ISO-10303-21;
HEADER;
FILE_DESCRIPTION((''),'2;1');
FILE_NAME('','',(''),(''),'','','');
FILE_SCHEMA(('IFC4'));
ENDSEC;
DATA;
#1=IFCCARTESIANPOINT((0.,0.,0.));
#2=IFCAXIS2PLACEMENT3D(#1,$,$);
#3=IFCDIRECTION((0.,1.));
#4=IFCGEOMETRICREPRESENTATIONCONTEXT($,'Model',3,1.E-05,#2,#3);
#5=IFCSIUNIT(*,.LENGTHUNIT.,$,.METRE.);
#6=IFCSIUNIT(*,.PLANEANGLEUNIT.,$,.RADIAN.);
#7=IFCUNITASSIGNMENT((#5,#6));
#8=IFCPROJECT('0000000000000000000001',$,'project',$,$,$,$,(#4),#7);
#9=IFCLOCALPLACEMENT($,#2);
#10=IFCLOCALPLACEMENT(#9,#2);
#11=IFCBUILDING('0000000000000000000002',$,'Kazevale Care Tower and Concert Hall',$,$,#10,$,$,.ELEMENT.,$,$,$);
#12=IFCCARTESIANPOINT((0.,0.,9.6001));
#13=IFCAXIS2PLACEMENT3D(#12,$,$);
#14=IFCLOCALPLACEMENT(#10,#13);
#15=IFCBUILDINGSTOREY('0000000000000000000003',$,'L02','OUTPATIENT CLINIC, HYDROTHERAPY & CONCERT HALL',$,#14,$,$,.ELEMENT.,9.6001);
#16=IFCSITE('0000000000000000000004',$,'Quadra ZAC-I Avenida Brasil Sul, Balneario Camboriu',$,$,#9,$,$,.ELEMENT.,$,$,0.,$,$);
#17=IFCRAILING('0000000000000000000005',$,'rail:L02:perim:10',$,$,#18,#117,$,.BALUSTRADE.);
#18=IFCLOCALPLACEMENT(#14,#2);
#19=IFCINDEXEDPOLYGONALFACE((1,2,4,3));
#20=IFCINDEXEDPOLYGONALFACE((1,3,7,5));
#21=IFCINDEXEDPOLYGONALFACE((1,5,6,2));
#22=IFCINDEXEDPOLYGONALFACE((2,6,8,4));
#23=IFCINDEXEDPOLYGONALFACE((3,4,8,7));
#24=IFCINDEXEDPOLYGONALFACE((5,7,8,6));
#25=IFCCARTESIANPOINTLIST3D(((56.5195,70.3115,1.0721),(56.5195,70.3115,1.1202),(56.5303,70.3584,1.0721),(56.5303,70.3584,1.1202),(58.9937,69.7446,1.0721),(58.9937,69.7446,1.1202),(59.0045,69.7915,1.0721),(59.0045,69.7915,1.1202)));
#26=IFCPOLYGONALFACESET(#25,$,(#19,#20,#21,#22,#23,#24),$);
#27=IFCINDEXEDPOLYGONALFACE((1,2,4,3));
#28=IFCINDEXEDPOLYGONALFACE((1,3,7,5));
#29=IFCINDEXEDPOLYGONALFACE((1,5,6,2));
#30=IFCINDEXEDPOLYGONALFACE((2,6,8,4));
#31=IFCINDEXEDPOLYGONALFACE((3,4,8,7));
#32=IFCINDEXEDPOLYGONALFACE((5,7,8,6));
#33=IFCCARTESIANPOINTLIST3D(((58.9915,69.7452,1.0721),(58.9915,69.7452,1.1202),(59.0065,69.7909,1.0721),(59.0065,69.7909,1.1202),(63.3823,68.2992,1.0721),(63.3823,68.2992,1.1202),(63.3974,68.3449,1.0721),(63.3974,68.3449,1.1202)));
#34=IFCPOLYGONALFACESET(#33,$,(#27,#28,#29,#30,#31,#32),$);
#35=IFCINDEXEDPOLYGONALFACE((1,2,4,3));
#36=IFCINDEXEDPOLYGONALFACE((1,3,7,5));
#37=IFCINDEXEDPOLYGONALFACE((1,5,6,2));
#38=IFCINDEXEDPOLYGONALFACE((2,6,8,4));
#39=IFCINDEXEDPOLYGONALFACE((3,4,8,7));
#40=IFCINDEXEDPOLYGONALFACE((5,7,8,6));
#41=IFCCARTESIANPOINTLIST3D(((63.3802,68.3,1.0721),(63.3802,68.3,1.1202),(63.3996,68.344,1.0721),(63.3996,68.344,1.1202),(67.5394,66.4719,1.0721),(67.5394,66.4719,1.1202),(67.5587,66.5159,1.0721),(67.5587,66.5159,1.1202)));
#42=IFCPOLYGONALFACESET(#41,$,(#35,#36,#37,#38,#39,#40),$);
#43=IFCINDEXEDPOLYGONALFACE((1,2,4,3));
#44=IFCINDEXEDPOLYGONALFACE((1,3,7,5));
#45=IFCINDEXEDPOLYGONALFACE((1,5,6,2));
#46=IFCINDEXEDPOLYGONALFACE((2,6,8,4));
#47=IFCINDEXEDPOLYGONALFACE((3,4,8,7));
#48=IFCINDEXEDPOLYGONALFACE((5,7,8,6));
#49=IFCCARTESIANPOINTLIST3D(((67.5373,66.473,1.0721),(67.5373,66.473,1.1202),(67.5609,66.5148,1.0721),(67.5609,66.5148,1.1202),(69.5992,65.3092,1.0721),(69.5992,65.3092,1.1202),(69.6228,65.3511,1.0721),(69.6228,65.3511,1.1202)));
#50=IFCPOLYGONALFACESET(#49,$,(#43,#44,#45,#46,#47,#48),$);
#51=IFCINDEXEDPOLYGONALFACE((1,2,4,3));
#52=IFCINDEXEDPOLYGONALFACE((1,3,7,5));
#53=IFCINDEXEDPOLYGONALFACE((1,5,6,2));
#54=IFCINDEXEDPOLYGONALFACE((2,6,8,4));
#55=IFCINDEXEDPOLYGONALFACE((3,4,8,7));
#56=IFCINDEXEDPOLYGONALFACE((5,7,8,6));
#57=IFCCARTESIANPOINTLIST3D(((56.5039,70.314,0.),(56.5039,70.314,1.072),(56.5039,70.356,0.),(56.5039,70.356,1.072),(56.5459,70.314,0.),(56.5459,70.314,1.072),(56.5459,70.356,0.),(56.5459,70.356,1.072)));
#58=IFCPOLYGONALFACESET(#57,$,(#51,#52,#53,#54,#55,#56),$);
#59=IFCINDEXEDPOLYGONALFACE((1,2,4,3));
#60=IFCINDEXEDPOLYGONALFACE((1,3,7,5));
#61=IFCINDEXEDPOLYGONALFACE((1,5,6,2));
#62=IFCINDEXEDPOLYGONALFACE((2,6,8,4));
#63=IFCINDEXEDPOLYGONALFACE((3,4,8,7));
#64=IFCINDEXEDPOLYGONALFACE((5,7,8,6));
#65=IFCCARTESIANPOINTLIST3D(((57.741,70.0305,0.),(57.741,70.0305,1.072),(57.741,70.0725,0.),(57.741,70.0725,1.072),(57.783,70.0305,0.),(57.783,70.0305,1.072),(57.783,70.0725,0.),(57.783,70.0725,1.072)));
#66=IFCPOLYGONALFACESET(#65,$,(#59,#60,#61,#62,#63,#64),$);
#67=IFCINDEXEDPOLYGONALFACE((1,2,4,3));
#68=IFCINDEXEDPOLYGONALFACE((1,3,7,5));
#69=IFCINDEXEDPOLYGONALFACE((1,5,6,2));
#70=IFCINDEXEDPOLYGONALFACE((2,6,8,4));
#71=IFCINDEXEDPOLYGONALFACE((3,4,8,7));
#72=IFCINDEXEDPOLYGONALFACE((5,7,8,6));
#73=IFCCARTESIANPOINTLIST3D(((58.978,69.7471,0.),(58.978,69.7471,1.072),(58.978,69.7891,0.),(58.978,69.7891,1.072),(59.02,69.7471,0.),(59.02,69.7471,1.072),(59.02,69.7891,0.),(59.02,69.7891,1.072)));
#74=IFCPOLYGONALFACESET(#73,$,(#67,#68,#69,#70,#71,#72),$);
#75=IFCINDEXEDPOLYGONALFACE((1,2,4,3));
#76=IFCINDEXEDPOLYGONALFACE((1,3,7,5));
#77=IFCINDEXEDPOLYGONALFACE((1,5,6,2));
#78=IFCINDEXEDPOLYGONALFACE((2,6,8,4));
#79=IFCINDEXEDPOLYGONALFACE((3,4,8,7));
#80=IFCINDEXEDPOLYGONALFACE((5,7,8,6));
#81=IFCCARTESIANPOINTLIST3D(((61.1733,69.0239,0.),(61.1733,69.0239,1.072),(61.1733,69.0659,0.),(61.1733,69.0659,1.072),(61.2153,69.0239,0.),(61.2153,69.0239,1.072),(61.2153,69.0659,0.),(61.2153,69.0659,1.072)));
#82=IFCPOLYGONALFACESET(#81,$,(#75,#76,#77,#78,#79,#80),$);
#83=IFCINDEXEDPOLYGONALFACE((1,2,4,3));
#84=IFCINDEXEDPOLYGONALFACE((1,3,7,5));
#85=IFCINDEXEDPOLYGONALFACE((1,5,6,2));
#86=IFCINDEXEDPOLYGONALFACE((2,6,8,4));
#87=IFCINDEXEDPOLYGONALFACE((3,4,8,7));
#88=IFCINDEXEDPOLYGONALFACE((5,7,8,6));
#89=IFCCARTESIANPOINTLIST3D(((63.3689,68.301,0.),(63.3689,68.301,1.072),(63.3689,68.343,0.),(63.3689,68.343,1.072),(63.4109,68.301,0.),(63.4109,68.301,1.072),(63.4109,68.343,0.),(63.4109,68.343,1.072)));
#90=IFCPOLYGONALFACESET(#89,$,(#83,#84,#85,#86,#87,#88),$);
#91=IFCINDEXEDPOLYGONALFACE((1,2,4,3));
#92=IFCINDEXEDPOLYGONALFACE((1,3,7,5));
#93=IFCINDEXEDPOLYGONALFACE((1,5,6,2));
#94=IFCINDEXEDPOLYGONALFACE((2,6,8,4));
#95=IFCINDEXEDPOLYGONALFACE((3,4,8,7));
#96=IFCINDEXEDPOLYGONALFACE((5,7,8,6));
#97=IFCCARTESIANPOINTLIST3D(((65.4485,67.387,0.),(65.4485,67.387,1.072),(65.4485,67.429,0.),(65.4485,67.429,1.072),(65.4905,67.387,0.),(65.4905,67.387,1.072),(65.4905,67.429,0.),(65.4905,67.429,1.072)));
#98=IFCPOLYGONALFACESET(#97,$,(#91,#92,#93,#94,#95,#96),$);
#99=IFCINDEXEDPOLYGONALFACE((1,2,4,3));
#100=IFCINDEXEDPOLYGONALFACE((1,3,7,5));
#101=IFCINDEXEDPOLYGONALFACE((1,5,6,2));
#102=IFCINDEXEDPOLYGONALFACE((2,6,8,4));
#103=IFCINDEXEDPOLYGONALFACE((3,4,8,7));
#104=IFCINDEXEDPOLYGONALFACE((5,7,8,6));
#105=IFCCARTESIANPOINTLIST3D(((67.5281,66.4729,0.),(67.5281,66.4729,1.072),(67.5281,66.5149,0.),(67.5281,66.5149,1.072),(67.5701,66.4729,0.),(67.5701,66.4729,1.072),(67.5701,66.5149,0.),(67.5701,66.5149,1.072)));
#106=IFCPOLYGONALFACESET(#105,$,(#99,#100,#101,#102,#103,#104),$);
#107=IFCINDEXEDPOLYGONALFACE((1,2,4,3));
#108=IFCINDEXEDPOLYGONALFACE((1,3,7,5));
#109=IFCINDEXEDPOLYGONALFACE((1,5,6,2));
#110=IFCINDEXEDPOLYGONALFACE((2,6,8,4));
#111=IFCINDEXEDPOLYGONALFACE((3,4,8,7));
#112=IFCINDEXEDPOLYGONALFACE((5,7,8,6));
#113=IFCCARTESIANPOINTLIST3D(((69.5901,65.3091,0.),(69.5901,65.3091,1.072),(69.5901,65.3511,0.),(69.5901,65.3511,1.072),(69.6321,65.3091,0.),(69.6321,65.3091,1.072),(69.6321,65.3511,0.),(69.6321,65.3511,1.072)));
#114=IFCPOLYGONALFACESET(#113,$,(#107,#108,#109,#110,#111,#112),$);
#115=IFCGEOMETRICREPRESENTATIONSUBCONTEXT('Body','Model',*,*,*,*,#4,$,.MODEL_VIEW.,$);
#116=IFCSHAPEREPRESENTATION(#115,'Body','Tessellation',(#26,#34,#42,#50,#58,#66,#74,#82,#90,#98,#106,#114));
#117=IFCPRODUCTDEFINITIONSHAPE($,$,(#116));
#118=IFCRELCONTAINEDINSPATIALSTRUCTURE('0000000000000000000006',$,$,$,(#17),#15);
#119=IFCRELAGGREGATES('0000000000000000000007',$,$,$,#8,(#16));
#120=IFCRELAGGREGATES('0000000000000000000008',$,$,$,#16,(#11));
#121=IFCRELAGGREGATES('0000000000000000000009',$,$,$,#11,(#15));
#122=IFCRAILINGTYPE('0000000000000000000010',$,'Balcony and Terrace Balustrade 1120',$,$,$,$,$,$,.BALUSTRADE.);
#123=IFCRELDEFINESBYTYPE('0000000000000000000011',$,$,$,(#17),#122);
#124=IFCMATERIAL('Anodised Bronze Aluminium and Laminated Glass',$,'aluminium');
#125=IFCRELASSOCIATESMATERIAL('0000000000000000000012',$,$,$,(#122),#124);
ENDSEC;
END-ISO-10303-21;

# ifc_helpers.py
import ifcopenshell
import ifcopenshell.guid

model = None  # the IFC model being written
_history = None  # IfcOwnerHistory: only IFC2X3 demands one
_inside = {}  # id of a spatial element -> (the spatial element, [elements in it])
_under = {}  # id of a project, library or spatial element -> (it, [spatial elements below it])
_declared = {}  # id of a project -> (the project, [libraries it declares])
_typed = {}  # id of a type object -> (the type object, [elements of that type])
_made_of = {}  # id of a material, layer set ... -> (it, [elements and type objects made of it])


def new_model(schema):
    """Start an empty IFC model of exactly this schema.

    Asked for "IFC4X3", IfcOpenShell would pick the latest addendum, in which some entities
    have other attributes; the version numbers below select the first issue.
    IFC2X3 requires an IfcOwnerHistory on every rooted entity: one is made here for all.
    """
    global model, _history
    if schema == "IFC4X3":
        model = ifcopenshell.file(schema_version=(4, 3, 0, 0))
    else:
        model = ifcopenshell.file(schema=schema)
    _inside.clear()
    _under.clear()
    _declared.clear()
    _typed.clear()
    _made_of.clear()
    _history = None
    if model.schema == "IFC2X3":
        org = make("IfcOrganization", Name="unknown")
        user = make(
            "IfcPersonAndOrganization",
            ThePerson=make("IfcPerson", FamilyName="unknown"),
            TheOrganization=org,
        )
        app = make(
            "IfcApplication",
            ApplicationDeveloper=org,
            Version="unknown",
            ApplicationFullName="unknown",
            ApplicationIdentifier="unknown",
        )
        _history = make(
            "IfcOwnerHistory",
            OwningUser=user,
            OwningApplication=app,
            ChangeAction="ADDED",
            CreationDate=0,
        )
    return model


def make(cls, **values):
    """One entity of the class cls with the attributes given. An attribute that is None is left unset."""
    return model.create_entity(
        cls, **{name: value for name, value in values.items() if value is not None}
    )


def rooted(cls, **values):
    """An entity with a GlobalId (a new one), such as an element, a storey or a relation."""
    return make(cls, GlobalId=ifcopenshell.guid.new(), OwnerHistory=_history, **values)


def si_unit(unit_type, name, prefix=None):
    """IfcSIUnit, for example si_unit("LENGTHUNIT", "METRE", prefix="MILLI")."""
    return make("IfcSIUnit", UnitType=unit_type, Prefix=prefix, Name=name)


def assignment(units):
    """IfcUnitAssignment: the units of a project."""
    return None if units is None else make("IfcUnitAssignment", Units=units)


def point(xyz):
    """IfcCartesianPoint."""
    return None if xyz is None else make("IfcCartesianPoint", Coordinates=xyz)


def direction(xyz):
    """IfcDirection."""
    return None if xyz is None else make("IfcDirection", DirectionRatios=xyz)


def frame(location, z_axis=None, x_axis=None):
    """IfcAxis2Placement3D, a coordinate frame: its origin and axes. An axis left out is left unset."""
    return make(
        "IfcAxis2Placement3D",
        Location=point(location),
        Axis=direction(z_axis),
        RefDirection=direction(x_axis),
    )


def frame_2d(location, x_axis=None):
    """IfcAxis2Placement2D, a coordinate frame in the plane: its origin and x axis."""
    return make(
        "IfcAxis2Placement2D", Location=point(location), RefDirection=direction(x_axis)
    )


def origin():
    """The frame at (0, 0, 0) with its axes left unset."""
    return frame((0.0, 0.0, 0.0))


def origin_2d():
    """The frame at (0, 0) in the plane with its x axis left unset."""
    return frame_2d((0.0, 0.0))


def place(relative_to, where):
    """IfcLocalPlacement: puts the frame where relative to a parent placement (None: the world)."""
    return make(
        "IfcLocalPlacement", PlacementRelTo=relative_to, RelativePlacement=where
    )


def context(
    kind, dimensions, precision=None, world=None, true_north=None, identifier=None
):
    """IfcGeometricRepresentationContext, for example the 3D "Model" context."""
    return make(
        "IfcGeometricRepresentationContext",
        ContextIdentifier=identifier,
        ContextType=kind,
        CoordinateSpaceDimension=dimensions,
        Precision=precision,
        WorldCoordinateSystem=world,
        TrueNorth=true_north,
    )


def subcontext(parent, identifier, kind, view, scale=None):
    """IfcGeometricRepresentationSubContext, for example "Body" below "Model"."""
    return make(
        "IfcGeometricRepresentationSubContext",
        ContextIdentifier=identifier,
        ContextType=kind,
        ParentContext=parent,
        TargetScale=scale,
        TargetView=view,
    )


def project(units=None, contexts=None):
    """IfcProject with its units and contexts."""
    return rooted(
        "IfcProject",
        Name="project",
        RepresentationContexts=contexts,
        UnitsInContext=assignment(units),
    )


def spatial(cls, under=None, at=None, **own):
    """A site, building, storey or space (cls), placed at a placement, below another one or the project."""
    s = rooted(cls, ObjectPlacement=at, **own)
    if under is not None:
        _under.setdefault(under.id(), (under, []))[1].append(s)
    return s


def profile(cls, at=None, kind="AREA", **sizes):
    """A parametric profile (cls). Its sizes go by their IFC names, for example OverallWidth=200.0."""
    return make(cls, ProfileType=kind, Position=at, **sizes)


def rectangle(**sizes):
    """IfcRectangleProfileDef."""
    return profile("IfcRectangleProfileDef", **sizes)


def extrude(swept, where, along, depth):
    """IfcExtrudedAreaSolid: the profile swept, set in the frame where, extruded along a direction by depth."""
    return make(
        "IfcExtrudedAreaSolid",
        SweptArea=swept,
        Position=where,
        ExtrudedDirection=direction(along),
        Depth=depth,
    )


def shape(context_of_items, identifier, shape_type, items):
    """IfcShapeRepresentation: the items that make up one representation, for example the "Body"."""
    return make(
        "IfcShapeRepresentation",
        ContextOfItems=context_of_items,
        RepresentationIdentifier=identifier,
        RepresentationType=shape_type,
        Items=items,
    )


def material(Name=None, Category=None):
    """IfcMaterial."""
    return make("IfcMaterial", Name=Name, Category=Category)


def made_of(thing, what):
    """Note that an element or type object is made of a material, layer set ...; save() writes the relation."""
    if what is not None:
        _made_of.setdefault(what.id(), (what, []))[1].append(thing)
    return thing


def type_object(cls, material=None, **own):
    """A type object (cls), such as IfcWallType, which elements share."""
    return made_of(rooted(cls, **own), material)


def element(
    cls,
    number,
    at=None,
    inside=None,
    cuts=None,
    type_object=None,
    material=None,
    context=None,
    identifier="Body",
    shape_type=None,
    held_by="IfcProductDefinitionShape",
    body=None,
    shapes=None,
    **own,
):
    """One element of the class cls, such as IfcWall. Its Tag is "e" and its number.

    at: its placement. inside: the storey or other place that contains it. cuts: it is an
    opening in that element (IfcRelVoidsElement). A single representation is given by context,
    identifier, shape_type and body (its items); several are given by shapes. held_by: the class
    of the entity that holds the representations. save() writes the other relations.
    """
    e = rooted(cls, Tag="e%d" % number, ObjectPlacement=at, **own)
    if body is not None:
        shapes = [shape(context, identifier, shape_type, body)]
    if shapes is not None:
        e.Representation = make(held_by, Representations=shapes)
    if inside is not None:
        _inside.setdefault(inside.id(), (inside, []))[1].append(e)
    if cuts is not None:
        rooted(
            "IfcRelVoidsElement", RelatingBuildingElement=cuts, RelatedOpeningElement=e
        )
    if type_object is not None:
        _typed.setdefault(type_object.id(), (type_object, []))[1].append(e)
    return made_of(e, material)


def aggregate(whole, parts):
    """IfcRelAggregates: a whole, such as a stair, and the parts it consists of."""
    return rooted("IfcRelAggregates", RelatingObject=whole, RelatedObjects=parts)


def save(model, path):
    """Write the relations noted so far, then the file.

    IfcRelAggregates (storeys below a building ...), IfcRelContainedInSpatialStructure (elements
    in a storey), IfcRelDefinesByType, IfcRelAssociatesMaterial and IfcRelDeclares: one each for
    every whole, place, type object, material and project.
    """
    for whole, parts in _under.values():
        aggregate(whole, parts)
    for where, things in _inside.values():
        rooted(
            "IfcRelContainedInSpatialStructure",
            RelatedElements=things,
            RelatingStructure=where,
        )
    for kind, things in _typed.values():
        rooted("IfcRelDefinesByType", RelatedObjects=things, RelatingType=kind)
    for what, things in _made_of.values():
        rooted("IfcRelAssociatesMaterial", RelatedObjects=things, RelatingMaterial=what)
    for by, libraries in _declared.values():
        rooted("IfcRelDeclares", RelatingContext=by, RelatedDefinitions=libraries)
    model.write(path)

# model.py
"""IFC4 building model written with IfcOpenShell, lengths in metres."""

from ifc_helpers import new_model, si_unit, direction, frame, origin, origin_2d, place, context, subcontext, project, spatial, rectangle, extrude, material, type_object, element, save


model = new_model("IFC4")

# Units and contexts
model_context = context("Model", 3, precision=1e-05, world=origin(), true_north=direction((0.0, 1.0)))
body_context = subcontext(model_context, "Body", "Model", "MODEL_VIEW")
ifc_project = project(units=[si_unit("LENGTHUNIT", "METRE"), si_unit("PLANEANGLEUNIT", "RADIAN")], contexts=[model_context])

# Site, building, storey
site_placement = place(None, origin())
site = spatial("IfcSite", under=ifc_project, at=site_placement, Name="Quadra ZAC-I Avenida Brasil Sul, Balneario Camboriu", CompositionType="ELEMENT", RefElevation=0.0)
building_placement = place(site_placement, origin())
building = spatial("IfcBuilding", under=site, at=building_placement, Name="Kazevale Care Tower and Concert Hall", CompositionType="ELEMENT")
storey_placement = place(building_placement, frame((0.0, 0.0, 9.6001)))
storey = spatial("IfcBuildingStorey", under=building, at=storey_placement, Name="L02", Description="OUTPATIENT CLINIC, HYDROTHERAPY & CONCERT HALL", CompositionType="ELEMENT", Elevation=9.6001)

# Railing
ifc_material_1 = material(Name="Anodised Bronze Aluminium and Laminated Glass", Category="aluminium")
railing_type = type_object("IfcRailingType", Name="Balcony and Terrace Balustrade 1120", PredefinedType="BALUSTRADE", material=ifc_material_1)
railing_1_placement = place(storey_placement, frame((56.5249, 70.335, 0.0)))
element("IfcRailing", 1, at=railing_1_placement, inside=storey, type_object=railing_type, Name="rail:L02:perim:10", PredefinedType="BALUSTRADE", context=body_context, shape_type="SweptSolid", body=[
    extrude(rectangle(XDim=0.0481, YDim=0.0481, at=origin_2d()), frame((0.0, 0.0, 1.0962), z_axis=(0.97474, -0.223342, 0.0), x_axis=(0.223342, 0.97474, 0.0)), (0.0, 0.0, 1.0), 2.5383),
    extrude(rectangle(XDim=0.0481, YDim=0.0481, at=origin_2d()), frame((2.4741, -0.5669, 1.0962), z_axis=(0.949818, -0.312804, 0.0), x_axis=(0.312804, 0.949818, 0.0)), (0.0, 0.0, 1.0), 4.6228),
    extrude(rectangle(XDim=0.0481, YDim=0.0481, at=origin_2d()), frame((6.865, -2.0129, 1.0962), z_axis=(0.91547, -0.402386, 0.0), x_axis=(0.402386, 0.91547, 0.0)), (0.0, 0.0, 1.0), 4.5432),
    extrude(rectangle(XDim=0.0481, YDim=0.0481, at=origin_2d()), frame((11.0242, -3.8411, 1.0962), z_axis=(0.870864, -0.491524, 0.0), x_axis=(0.491524, 0.870864, 0.0)), (0.0, 0.0, 1.0), 2.3677),
    extrude(rectangle(XDim=0.042, YDim=0.042, at=origin_2d()), origin(), (0.0, 0.0, 1.0), 1.072),
    extrude(rectangle(XDim=0.042, YDim=0.042, at=origin_2d()), frame((1.2371, -0.2834, 0.0)), (0.0, 0.0, 1.0), 1.072),
    extrude(rectangle(XDim=0.042, YDim=0.042, at=origin_2d()), frame((2.4741, -0.5669, 0.0)), (0.0, 0.0, 1.0), 1.072),
    extrude(rectangle(XDim=0.042, YDim=0.042, at=origin_2d()), frame((4.6694, -1.29, 0.0)), (0.0, 0.0, 1.0), 1.072),
    extrude(rectangle(XDim=0.042, YDim=0.042, at=origin_2d()), frame((6.865, -2.0129, 0.0)), (0.0, 0.0, 1.0), 1.072),
    extrude(rectangle(XDim=0.042, YDim=0.042, at=origin_2d()), frame((8.9446, -2.927, 0.0)), (0.0, 0.0, 1.0), 1.072),
    extrude(rectangle(XDim=0.042, YDim=0.042, at=origin_2d()), frame((11.0242, -3.8411, 0.0)), (0.0, 0.0, 1.0), 1.072),
    extrude(rectangle(XDim=0.042, YDim=0.042, at=origin_2d()), frame((13.0862, -5.0049, 0.0)), (0.0, 0.0, 1.0), 1.072),
])

save(model, "model.ifc")
